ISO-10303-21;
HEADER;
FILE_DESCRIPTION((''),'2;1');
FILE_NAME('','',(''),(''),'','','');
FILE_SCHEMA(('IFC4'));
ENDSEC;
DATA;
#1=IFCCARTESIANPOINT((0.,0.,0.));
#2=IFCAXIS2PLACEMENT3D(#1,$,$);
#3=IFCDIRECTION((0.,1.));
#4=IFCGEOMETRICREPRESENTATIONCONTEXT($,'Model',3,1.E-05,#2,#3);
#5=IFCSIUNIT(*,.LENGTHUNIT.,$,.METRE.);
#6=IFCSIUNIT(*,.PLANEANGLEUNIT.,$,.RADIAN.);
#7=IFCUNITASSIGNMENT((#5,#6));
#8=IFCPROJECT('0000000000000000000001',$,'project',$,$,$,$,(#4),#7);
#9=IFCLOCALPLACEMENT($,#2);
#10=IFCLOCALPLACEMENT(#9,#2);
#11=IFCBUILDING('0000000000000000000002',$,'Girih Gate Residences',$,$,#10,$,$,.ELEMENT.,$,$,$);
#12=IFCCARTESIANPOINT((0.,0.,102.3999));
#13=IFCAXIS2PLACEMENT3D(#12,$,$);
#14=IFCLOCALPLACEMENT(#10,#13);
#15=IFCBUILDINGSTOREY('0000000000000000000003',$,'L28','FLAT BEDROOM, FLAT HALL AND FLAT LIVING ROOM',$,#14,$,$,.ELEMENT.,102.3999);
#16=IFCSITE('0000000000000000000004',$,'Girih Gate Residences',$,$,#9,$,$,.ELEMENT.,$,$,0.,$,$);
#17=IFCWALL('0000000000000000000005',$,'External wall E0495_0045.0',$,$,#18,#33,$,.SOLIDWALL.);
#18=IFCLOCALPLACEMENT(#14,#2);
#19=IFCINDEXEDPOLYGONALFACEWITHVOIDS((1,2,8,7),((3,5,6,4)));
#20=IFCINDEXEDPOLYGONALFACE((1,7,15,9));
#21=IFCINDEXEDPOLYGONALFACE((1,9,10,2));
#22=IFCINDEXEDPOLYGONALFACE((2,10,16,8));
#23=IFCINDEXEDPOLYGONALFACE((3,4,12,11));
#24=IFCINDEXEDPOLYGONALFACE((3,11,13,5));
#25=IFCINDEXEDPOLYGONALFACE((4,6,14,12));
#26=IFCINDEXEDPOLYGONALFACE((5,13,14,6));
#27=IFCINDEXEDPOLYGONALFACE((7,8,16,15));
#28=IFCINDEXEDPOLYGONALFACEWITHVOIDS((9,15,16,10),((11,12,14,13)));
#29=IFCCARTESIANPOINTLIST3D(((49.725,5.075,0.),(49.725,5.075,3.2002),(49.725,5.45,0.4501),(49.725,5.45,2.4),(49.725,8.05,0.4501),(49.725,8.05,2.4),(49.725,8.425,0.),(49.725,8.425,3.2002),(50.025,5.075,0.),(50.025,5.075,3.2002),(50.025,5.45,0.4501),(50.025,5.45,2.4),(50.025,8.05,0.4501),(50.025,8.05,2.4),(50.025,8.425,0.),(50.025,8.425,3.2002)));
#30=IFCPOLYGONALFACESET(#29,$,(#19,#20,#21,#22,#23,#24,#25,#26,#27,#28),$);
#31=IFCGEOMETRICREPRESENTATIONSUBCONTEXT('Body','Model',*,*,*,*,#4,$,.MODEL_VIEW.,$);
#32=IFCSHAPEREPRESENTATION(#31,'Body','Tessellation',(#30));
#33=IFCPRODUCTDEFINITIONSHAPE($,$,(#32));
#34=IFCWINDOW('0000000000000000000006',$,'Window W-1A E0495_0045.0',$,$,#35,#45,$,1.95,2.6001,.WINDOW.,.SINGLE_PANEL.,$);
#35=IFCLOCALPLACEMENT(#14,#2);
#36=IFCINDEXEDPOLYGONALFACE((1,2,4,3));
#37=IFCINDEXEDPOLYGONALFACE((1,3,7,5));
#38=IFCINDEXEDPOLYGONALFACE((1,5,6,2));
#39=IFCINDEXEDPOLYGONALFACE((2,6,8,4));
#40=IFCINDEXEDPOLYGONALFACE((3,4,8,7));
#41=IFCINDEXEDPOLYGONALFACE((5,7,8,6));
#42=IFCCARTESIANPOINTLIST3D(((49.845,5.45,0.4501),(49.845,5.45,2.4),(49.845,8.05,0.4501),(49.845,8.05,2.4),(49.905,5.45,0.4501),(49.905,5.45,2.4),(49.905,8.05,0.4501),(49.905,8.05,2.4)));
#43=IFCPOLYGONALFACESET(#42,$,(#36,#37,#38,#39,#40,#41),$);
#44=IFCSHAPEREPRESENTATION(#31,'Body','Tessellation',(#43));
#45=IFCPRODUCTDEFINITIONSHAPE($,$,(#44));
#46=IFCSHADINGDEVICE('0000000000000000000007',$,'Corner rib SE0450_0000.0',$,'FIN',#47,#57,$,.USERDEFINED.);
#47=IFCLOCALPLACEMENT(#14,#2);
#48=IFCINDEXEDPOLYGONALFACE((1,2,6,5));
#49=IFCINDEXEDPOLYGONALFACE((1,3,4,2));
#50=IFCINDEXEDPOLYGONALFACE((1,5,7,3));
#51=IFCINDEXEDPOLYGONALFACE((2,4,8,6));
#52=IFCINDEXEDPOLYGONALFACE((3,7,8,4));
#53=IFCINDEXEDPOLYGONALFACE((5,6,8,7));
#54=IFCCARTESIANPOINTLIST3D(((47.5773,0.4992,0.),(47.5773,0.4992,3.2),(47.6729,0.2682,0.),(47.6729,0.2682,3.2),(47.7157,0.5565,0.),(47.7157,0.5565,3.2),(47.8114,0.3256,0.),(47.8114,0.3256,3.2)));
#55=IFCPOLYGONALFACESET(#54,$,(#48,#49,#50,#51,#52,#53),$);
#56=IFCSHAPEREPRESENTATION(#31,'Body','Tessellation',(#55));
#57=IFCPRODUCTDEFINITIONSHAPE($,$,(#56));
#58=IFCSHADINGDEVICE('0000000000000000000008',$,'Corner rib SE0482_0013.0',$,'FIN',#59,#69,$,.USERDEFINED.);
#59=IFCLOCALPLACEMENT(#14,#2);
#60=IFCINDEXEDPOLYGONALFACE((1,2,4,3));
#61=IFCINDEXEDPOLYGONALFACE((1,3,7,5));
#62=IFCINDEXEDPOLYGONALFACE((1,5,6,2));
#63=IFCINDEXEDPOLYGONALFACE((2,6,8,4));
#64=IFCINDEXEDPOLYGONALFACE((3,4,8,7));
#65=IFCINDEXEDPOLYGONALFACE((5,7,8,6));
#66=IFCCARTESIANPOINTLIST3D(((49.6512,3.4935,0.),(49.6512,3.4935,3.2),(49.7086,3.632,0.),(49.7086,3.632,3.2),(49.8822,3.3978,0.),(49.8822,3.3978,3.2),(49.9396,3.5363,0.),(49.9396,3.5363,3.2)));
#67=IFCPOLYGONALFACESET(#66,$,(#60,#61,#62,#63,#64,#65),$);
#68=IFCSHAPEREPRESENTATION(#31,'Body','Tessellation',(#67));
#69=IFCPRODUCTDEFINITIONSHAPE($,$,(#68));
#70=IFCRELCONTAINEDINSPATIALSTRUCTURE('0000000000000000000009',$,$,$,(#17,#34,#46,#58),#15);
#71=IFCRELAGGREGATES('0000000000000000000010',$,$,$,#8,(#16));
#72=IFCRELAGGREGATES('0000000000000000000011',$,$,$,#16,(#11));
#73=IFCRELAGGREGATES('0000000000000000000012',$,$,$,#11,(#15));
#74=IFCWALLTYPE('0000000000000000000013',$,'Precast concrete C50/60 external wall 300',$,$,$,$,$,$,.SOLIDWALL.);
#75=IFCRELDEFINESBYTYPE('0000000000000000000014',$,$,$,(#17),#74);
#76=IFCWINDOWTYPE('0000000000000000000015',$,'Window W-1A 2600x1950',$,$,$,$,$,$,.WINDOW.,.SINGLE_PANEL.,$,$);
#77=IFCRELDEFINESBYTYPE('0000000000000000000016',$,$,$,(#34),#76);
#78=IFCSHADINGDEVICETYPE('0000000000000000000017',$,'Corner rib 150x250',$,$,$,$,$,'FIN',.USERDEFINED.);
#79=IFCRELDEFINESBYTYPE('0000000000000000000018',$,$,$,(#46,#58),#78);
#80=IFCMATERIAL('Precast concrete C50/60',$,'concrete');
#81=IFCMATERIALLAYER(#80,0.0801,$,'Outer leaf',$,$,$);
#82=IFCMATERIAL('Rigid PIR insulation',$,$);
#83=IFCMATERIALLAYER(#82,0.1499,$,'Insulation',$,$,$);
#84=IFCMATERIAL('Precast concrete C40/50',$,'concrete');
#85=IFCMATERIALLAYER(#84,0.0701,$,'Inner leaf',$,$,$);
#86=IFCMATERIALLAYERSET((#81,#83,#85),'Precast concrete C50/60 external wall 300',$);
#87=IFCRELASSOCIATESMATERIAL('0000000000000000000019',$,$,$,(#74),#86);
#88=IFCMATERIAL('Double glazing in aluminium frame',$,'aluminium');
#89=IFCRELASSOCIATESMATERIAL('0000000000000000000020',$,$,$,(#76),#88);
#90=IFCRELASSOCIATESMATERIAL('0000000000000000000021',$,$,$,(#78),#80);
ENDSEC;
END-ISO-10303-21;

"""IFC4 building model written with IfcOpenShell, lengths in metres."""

from ifc_helpers import new_model, si_unit, direction, frame, frame_2d, origin, origin_2d, place, context, subcontext, project, spatial, rectangle, extrude, material, layer, layer_set, type_object, element, fill, save


model = new_model("IFC4")

# Units and contexts
model_context = context("Model", 3, precision=1e-05, world=origin(), true_north=direction((0.0, 1.0)))
body_context = subcontext(model_context, "Body", "Model", "MODEL_VIEW")
ifc_project = project(units=[si_unit("LENGTHUNIT", "METRE"), si_unit("PLANEANGLEUNIT", "RADIAN")], contexts=[model_context])

# Site, building, storey
site_placement = place(None, origin())
site = spatial("IfcSite", under=ifc_project, at=site_placement, Name="Girih Gate Residences", CompositionType="ELEMENT", RefElevation=0.0)
building_placement = place(site_placement, origin())
building = spatial("IfcBuilding", under=site, at=building_placement, Name="Girih Gate Residences", CompositionType="ELEMENT")
storey_placement = place(building_placement, frame((0.0, 0.0, 102.3999)))
storey = spatial("IfcBuildingStorey", under=building, at=storey_placement, Name="L28", Description="FLAT BEDROOM, FLAT HALL AND FLAT LIVING ROOM", CompositionType="ELEMENT", Elevation=102.3999)

# Wall, opening, window
ifc_material_1 = material(Name="Precast concrete C50/60", Category="concrete")
ifc_layer_1 = layer(ifc_material_1, 0.0801, Name="Outer leaf")
ifc_material_2 = material(Name="Rigid PIR insulation")
ifc_layer_2 = layer(ifc_material_2, 0.1499, Name="Insulation")
ifc_material_3 = material(Name="Precast concrete C40/50", Category="concrete")
ifc_layer_3 = layer(ifc_material_3, 0.0701, Name="Inner leaf")
ifc_layer_set_1 = layer_set([ifc_layer_1, ifc_layer_2, ifc_layer_3], Name="Precast concrete C50/60 external wall 300")
wall_type_1 = type_object("IfcWallType", Name="Precast concrete C50/60 external wall 300", PredefinedType="SOLIDWALL", material=ifc_layer_set_1)
ifc_material_4 = material(Name="Double glazing in aluminium frame", Category="aluminium")
wall_1_placement = place(storey_placement, frame((49.875, 8.425, 0.0), z_axis=(0.0, 0.0, 1.0), x_axis=(0.0, -1.0, 0.0)))
wall_1 = element("IfcWall", 1, at=wall_1_placement, inside=storey, type_object=wall_type_1, Name="External wall E0495_0045.0", PredefinedType="SOLIDWALL", context=body_context, shape_type="SweptSolid", body=[
    extrude(rectangle(XDim=3.3501, YDim=0.3, at=frame_2d((1.675, 0.0))), origin(), (0.0, 0.0, 1.0), 3.2002),
])
opening_1_placement = place(wall_1_placement, frame((0.375, 0.0, 0.45)))
opening_1 = element("IfcOpeningElement", 2, at=opening_1_placement, cuts=wall_1, PredefinedType="OPENING", context=body_context, shape_type="SweptSolid", body=[
    extrude(rectangle(XDim=2.6001, YDim=1.95, at=frame_2d((1.3, 0.9751))), frame((0.0, 0.1599, 0.0), z_axis=(0.0, -1.0, 0.0), x_axis=(1.0, 0.0, 0.0)), (0.0, 0.0, 1.0), 0.3201),
])
window_type_1 = type_object("IfcWindowType", Name="Window W-1A 2600x1950", PartitioningType="SINGLE_PANEL", PredefinedType="WINDOW", material=ifc_material_4)
window_1_placement = place(opening_1_placement, origin())
window_1 = element("IfcWindow", 3, at=window_1_placement, inside=storey, type_object=window_type_1, Name="Window W-1A E0495_0045.0", OverallHeight=1.95, OverallWidth=2.6001, PartitioningType="SINGLE_PANEL", PredefinedType="WINDOW", context=body_context, shape_type="SweptSolid", body=[
    extrude(rectangle(XDim=2.6001, YDim=1.95, at=frame_2d((1.3, 0.9751))), frame((0.0, 0.03, 0.0), z_axis=(0.0, -1.0, 0.0), x_axis=(1.0, 0.0, 0.0)), (0.0, 0.0, 1.0), 0.0601),
])
fill(opening_1, window_1)

# Shading devices
shading_device_type = type_object("IfcShadingDeviceType", Name="Corner rib 150x250", ElementType="FIN", PredefinedType="USERDEFINED", material=ifc_material_1)
for number, where, z_axis, x_axis, name in (
    (4, (47.6943, 0.4124, 0.0), (0.0, 0.0, 1.0), (0.92388, 0.382683, 0.0), "Corner rib SE0450_0000.0"),
    (5, (49.7954, 3.5149, 0.0), (0.0, 0.0, 1.0), (0.382683, 0.92388, 0.0), "Corner rib SE0482_0013.0"),
):
    element("IfcShadingDevice", number, at=place(storey_placement, frame(where, z_axis=z_axis, x_axis=x_axis)), inside=storey, type_object=shading_device_type, Name=name, ObjectType="FIN", PredefinedType="USERDEFINED", context=body_context, shape_type="SweptSolid", body=[
        extrude(rectangle(XDim=0.1499, YDim=0.25, at=origin_2d()), origin(), (0.0, 0.0, 1.0), 3.2),
    ])

save(model, "model.ifc")
